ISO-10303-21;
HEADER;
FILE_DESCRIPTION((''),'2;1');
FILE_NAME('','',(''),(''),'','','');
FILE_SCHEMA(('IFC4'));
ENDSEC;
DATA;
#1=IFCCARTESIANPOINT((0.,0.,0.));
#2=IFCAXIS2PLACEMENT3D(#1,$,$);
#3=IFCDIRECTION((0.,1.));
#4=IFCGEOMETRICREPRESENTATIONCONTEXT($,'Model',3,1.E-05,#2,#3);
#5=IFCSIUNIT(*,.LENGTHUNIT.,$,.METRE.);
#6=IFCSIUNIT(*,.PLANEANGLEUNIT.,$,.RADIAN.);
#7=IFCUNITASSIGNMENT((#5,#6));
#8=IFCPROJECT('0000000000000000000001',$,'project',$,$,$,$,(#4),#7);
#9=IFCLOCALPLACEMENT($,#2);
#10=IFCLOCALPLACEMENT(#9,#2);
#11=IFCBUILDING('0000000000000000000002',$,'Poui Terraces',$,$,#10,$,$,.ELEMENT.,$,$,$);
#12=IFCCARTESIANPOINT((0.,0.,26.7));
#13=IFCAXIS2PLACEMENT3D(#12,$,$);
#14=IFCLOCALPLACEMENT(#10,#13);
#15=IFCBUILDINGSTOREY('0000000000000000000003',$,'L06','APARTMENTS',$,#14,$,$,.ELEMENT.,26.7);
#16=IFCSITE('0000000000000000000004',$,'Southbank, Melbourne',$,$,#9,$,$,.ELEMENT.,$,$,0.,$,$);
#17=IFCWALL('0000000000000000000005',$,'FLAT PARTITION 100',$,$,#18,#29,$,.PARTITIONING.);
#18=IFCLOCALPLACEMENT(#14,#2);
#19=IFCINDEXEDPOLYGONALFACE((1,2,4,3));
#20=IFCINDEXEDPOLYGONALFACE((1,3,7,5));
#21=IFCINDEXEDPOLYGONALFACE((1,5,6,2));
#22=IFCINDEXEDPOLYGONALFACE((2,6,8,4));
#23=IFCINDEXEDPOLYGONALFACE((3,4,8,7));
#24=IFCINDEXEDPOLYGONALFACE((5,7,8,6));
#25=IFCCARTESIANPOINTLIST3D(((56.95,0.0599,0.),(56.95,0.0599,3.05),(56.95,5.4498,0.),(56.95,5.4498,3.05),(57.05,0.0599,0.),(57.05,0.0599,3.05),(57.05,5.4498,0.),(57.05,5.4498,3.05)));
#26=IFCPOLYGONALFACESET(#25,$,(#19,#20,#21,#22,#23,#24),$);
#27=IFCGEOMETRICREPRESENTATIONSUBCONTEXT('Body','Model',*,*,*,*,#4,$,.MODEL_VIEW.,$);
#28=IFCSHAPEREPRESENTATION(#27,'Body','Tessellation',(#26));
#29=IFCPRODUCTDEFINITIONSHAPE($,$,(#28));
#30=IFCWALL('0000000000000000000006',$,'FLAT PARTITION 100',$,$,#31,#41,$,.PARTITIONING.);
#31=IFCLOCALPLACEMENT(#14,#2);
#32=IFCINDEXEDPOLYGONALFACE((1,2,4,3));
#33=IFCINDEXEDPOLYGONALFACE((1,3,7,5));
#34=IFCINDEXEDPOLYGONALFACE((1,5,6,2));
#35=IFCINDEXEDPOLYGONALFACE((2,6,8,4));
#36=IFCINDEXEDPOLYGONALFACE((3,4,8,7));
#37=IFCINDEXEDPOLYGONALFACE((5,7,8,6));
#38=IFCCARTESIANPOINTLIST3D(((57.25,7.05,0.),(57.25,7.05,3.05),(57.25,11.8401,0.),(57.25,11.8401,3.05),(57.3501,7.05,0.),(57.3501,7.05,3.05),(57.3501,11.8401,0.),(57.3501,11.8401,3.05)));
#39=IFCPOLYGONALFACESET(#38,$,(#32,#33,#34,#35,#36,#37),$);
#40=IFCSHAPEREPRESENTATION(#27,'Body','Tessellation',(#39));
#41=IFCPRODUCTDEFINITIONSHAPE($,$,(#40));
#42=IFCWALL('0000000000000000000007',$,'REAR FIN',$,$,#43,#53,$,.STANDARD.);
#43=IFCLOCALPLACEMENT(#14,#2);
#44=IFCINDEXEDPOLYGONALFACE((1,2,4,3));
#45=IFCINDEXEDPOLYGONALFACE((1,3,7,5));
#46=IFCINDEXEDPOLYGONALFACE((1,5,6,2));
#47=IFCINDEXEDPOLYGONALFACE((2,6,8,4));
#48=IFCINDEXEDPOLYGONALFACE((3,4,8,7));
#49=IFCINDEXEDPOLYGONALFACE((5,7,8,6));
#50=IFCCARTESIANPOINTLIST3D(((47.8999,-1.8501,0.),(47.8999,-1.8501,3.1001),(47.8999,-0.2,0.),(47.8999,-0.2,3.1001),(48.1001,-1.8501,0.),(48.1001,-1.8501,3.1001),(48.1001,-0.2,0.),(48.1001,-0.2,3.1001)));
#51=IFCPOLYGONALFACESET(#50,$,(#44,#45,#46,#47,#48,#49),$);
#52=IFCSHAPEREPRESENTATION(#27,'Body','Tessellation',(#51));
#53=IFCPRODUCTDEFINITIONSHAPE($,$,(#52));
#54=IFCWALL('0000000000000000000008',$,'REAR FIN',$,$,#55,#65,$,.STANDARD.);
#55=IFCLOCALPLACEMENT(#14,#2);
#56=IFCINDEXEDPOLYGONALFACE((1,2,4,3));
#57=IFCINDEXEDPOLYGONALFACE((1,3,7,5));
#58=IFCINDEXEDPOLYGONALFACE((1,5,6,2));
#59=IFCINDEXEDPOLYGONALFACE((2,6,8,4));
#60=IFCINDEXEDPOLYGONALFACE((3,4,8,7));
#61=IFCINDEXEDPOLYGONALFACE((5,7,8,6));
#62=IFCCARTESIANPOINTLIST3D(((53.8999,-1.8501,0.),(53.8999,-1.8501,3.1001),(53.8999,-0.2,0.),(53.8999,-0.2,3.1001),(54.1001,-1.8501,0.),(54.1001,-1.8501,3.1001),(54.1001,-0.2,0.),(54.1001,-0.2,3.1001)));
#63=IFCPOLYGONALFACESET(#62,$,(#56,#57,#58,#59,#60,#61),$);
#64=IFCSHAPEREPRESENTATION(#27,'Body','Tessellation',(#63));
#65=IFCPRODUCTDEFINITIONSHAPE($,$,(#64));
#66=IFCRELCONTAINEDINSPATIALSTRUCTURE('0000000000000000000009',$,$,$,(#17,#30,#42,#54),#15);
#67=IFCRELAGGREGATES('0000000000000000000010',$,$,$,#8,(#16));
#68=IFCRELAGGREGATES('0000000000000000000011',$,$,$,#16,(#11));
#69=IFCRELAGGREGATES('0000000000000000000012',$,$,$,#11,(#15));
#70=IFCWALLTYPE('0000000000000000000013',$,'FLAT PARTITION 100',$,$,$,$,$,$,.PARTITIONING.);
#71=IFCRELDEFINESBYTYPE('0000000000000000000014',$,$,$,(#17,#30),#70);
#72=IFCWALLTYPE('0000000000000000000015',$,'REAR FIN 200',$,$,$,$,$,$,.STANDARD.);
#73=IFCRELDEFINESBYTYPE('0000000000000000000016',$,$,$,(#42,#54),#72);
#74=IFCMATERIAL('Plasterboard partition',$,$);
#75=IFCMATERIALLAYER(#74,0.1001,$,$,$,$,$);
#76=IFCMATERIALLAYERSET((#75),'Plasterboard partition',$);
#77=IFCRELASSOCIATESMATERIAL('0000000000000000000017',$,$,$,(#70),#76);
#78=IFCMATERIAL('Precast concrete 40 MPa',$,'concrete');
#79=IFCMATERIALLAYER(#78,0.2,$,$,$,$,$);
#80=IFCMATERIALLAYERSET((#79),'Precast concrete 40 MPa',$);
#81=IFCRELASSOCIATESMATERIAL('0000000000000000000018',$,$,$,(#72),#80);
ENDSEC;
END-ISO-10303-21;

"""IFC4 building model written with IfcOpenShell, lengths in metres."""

from ifc_helpers import new_model, si_unit, direction, frame, frame_2d, origin, place, context, subcontext, project, spatial, polyline, rectangle, outline, extrude, source, transform, mapped, material, layer, layer_set, type_object, element, save


model = new_model("IFC4")

# Units and contexts
model_context = context("Model", 3, precision=1e-05, world=origin(), true_north=direction((0.0, 1.0)))
body_context = subcontext(model_context, "Body", "Model", "MODEL_VIEW")
ifc_project = project(units=[si_unit("LENGTHUNIT", "METRE"), si_unit("PLANEANGLEUNIT", "RADIAN")], contexts=[model_context])

# Site, building, storey
site_placement = place(None, origin())
site = spatial("IfcSite", under=ifc_project, at=site_placement, Name="Southbank, Melbourne", CompositionType="ELEMENT", RefElevation=0.0)
building_placement = place(site_placement, origin())
building = spatial("IfcBuilding", under=site, at=building_placement, Name="Poui Terraces", CompositionType="ELEMENT")
storey_placement = place(building_placement, frame((0.0, 0.0, 26.7)))
storey = spatial("IfcBuildingStorey", under=building, at=storey_placement, Name="L06", Description="APARTMENTS", CompositionType="ELEMENT", Elevation=26.7)

# Shared definitions
ifc_material_1 = material(Name="Precast concrete 40 MPa", Category="concrete")

# Shared definitions
ifc_material_2 = material(Name="Plasterboard partition")
ifc_layer_1 = layer(ifc_material_2, 0.1001)
ifc_layer_set_1 = layer_set([ifc_layer_1], Name="Plasterboard partition")
wall_type_1 = type_object("IfcWallType", Name="FLAT PARTITION 100", PredefinedType="PARTITIONING", material=ifc_layer_set_1)

# Walls
wall_1_placement = place(storey_placement, frame((57.0, 0.0601, 0.0), z_axis=(0.0, 0.0, 1.0), x_axis=(0.0, 1.0, 0.0)))
element("IfcWall", 1, at=wall_1_placement, inside=storey, type_object=wall_type_1, Name="FLAT PARTITION 100", PredefinedType="PARTITIONING", context=body_context, shape_type="SweptSolid", body=[
    extrude(rectangle(XDim=5.3899, YDim=0.1001, at=frame_2d((2.6948, 0.0))), origin(), (0.0, 0.0, 1.0), 3.05),
])
wall_2_placement = place(storey_placement, frame((57.3, 7.05, 0.0), z_axis=(0.0, 0.0, 1.0), x_axis=(0.0, 1.0, 0.0)))
element("IfcWall", 2, at=wall_2_placement, inside=storey, type_object=wall_type_1, Name="FLAT PARTITION 100", PredefinedType="PARTITIONING", context=body_context, shape_type="SweptSolid", body=[
    extrude(rectangle(XDim=4.79, YDim=0.1001, at=frame_2d((2.395, 0.0))), origin(), (0.0, 0.0, 1.0), 3.05),
])
ifc_layer_2 = layer(ifc_material_1, 0.2)
ifc_layer_set_2 = layer_set([ifc_layer_2], Name="Precast concrete 40 MPa")
wall_type_2 = type_object("IfcWallType", Name="REAR FIN 200", PredefinedType="STANDARD", material=ifc_layer_set_2)
shared_shape_1 = source(origin(), body_context, "Body", "SweptSolid", [
    extrude(outline(polyline([(0.0, 0.0), (0.2002, 0.0), (0.2002, 1.6501), (0.0, 1.6501), (0.0, 0.0)])), origin(), (0.0, 0.0, 1.0), 3.1001),
])
for number, where, name in (
    (3, (47.8999, -1.8501, 0.0), "REAR FIN"),
    (4, (53.8999, -1.8501, 0.0), "REAR FIN"),
):
    element("IfcWall", number, at=place(storey_placement, frame(where)), inside=storey, type_object=wall_type_2, Name=name, PredefinedType="STANDARD", context=body_context, shape_type="MappedRepresentation", body=[
        mapped(shared_shape_1, transform((0.0, 0.0, 0.0))),
    ])

save(model, "model.ifc")
